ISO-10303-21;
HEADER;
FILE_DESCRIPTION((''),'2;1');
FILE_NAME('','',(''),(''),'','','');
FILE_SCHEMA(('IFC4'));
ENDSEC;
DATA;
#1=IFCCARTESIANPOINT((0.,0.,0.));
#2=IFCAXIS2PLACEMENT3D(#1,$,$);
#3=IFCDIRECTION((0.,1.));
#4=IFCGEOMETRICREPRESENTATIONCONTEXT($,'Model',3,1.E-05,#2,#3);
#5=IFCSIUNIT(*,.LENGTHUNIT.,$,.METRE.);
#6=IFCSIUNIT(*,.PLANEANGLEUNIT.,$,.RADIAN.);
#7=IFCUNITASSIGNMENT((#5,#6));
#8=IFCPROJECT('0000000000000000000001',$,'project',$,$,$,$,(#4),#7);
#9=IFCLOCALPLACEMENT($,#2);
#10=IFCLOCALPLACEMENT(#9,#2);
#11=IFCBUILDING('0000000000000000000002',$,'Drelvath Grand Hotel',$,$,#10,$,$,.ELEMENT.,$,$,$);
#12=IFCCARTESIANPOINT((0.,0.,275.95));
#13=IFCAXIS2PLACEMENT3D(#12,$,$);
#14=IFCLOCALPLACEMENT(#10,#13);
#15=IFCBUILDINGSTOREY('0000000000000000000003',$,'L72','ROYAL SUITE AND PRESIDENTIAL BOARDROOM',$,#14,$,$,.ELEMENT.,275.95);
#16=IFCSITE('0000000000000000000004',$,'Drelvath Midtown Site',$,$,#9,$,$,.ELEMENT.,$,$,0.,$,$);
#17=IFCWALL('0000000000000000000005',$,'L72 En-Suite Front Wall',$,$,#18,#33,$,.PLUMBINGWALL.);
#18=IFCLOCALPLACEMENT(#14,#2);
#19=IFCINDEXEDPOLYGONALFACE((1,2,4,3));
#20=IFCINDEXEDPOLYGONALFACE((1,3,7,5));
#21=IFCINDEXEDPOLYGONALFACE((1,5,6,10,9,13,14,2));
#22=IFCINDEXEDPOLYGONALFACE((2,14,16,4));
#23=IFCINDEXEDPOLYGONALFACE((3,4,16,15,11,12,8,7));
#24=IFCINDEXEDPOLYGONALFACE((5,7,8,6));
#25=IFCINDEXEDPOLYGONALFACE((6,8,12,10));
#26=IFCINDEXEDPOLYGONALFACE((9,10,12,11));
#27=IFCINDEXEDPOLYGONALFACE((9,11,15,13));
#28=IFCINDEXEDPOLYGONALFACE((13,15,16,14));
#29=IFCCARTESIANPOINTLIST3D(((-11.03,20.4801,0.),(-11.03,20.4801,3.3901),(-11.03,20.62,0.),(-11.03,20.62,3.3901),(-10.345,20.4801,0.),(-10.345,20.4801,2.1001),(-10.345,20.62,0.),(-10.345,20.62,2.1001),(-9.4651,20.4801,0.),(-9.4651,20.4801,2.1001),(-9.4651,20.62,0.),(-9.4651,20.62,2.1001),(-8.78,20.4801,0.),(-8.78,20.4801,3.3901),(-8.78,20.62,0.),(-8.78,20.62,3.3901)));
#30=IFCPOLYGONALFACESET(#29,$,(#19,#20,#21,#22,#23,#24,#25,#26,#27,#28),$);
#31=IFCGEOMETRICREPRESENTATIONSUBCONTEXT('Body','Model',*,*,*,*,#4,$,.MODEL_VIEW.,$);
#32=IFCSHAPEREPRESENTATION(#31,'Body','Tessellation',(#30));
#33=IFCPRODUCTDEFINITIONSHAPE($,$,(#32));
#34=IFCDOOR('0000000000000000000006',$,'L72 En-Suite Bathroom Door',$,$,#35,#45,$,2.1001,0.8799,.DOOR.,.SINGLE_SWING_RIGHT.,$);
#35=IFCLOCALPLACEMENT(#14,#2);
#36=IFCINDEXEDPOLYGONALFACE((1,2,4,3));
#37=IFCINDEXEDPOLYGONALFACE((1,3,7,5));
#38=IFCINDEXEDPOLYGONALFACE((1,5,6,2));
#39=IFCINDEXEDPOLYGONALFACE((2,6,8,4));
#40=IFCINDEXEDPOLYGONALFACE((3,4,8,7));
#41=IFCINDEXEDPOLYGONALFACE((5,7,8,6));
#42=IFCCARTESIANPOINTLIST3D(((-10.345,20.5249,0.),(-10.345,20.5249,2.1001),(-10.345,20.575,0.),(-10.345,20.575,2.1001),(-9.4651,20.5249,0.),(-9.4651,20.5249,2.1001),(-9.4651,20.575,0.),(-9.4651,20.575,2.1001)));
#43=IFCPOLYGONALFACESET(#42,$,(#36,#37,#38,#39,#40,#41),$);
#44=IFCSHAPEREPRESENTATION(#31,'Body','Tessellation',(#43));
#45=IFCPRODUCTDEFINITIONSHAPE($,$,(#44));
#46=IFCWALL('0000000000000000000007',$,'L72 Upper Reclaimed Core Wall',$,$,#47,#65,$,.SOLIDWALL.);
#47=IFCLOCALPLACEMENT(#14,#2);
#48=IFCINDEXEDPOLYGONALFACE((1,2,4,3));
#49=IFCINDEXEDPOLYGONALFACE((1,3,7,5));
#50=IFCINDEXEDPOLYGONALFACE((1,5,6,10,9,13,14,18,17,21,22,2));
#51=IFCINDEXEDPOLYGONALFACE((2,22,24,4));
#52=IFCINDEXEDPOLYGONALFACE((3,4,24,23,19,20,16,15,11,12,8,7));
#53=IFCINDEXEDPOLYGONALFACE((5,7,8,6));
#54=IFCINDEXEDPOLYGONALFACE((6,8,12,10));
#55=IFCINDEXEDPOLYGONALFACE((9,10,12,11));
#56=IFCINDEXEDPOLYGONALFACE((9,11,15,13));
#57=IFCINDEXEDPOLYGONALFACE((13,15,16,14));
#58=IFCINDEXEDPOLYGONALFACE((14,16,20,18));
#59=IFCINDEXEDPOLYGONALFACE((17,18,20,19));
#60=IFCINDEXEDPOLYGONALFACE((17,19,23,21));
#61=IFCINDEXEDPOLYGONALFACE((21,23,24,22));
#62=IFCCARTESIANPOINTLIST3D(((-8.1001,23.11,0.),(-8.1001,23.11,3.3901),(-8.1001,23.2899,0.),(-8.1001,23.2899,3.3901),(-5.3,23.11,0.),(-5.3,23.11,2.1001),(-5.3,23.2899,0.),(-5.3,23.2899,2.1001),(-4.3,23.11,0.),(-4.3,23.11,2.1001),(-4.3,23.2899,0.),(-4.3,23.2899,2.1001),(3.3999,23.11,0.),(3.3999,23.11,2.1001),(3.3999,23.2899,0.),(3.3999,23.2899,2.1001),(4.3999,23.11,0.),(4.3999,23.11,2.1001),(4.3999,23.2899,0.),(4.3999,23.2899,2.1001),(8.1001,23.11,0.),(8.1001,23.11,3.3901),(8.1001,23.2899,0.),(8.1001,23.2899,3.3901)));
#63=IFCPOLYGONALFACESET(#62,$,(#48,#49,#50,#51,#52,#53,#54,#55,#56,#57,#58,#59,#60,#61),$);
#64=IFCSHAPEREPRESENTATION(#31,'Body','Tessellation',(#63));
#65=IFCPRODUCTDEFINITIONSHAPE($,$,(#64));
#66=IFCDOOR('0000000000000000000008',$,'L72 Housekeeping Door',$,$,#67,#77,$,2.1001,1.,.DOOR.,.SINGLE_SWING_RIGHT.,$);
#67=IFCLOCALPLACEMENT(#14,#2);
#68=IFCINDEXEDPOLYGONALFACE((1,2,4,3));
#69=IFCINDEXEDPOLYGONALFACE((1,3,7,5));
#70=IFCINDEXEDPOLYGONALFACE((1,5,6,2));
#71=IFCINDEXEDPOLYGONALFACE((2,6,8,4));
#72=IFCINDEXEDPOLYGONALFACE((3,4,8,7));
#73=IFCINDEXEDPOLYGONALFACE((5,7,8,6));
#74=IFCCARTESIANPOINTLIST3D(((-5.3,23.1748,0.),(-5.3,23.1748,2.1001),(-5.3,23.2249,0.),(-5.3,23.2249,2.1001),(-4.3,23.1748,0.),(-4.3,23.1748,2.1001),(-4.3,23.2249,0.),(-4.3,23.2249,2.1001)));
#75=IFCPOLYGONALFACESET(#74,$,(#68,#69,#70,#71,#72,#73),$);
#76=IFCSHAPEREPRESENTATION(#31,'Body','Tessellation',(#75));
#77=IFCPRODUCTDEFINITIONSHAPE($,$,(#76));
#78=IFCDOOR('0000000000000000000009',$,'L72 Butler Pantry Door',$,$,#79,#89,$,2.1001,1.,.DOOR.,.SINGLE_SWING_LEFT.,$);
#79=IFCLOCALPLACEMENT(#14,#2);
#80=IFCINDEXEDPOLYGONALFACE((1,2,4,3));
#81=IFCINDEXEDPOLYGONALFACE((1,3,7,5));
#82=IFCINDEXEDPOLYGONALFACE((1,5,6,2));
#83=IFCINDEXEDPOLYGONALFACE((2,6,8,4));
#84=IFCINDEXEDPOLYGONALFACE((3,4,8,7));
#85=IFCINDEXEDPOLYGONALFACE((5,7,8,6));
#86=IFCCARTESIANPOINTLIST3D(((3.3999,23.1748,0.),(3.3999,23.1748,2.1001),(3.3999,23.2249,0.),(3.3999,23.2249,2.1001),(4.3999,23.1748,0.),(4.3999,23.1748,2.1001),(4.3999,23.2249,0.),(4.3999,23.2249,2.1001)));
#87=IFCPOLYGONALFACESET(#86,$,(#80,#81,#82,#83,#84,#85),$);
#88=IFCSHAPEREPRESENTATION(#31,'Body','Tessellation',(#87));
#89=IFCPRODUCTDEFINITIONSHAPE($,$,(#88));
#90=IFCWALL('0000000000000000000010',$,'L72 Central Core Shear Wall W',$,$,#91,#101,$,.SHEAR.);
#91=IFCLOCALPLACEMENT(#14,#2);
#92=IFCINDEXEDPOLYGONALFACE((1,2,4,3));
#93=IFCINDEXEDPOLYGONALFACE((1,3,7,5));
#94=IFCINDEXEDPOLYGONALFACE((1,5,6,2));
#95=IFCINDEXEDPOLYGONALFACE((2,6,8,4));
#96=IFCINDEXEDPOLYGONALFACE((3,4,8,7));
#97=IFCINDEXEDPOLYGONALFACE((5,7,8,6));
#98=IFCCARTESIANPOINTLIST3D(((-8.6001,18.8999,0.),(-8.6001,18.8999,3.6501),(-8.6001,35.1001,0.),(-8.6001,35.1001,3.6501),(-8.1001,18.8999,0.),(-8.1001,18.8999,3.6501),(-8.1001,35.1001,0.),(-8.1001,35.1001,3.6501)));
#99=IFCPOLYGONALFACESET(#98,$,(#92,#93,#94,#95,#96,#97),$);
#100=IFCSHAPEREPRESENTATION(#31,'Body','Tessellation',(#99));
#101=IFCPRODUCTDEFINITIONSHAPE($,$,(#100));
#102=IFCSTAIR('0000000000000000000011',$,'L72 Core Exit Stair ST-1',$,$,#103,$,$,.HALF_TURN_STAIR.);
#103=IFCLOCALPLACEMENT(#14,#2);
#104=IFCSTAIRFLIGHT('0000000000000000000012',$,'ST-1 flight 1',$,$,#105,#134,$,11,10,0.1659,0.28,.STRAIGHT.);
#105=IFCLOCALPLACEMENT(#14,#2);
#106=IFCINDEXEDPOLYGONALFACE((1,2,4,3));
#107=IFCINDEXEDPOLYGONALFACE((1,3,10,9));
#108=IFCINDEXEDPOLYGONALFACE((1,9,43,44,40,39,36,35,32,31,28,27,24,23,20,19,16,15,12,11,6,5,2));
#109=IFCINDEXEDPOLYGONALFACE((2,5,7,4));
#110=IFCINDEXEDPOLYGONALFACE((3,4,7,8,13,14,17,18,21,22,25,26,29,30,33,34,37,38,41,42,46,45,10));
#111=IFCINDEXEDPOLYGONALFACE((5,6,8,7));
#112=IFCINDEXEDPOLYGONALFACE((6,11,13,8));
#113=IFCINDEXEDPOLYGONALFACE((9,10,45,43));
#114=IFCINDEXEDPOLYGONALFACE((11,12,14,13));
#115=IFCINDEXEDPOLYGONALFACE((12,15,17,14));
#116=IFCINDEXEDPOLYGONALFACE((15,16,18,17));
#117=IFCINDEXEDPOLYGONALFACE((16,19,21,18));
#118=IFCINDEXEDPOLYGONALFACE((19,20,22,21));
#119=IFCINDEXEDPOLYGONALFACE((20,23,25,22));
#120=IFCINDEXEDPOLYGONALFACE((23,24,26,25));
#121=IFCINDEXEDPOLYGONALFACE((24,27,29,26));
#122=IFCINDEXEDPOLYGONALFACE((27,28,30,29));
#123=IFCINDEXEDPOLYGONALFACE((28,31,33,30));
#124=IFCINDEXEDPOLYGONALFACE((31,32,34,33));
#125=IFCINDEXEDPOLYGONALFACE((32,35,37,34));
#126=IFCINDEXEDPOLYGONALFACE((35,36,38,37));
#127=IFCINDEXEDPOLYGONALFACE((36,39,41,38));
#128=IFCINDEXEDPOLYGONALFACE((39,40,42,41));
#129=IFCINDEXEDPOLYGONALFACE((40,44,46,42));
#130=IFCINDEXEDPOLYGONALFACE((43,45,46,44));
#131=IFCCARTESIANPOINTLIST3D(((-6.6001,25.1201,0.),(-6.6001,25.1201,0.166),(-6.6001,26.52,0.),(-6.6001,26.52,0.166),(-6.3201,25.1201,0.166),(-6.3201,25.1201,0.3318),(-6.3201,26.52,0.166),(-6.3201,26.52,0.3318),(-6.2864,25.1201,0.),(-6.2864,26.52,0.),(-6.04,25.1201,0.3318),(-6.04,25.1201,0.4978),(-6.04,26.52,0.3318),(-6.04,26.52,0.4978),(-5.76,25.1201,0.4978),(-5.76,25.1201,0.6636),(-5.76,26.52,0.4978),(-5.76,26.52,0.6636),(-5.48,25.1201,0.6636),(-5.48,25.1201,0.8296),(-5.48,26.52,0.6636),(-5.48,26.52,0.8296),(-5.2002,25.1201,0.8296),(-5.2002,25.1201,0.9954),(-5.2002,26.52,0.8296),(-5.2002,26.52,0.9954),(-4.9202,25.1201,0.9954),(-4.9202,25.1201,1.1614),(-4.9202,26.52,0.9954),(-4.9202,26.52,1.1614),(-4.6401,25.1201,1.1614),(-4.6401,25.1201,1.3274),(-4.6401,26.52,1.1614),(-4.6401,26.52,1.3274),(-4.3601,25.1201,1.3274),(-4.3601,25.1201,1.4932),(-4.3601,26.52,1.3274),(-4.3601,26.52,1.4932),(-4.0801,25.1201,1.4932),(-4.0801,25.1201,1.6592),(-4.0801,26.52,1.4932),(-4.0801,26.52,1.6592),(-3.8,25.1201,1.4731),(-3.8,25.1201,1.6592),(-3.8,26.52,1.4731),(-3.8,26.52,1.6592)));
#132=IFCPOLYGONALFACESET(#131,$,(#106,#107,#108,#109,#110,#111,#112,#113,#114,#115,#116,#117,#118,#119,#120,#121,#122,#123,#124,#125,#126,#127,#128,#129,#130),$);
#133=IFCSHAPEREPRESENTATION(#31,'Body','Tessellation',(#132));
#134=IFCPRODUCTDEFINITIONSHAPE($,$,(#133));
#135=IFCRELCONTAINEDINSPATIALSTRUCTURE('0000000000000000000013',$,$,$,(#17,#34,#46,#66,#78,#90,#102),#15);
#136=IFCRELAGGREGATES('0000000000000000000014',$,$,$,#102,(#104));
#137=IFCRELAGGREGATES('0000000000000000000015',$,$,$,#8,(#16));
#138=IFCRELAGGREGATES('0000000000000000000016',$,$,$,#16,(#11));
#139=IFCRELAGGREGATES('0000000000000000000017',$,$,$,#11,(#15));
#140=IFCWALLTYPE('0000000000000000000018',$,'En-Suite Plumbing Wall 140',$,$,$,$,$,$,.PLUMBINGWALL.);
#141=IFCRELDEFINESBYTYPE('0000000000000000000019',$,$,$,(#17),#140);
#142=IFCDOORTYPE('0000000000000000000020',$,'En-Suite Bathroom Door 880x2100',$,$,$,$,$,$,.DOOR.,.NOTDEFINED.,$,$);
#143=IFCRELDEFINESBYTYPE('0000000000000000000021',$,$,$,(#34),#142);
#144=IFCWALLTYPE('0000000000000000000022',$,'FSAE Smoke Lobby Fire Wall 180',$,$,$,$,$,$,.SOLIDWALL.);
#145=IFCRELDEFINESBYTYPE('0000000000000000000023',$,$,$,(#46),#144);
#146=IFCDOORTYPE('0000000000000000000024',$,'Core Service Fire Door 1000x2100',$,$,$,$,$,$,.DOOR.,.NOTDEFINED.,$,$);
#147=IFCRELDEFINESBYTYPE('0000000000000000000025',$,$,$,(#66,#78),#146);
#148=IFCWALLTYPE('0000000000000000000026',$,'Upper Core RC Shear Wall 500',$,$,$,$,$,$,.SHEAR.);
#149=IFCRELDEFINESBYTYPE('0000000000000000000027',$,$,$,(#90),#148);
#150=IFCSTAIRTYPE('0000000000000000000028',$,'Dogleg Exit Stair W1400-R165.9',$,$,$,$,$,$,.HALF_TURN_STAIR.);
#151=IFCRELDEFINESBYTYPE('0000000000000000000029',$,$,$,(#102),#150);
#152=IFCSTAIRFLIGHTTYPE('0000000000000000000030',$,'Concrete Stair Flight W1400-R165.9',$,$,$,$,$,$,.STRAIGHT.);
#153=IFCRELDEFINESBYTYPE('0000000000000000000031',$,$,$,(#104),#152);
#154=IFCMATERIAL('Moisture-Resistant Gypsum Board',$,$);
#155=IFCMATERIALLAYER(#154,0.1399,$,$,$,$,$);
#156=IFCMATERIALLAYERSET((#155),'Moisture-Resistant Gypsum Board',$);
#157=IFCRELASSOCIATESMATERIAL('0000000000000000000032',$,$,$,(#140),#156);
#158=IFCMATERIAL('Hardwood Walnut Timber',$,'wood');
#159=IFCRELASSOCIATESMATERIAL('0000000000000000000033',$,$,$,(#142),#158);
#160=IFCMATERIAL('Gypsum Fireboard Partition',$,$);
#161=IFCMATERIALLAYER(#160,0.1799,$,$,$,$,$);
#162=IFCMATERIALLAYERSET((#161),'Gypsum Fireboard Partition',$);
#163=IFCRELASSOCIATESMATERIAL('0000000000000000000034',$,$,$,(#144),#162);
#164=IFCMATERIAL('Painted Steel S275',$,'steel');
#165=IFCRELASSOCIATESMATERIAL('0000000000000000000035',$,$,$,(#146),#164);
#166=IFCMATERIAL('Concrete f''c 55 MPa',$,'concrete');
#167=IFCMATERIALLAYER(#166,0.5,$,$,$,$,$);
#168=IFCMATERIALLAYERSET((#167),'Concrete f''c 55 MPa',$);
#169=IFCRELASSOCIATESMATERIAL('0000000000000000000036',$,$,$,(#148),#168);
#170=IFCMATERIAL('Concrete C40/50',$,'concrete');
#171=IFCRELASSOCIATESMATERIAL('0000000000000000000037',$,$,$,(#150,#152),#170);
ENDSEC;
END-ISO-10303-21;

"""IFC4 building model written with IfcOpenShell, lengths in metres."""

from ifc_helpers import new_model, si_unit, direction, frame, frame_2d, origin, place, context, subcontext, project, spatial, polyline, rectangle, outline, extrude, material, layer, layer_set, type_object, element, fill, aggregate, save


model = new_model("IFC4")

# Units and contexts
model_context = context("Model", 3, precision=1e-05, world=origin(), true_north=direction((0.0, 1.0)))
body_context = subcontext(model_context, "Body", "Model", "MODEL_VIEW")
ifc_project = project(units=[si_unit("LENGTHUNIT", "METRE"), si_unit("PLANEANGLEUNIT", "RADIAN")], contexts=[model_context])

# Site, building, storey
site_placement = place(None, origin())
site = spatial("IfcSite", under=ifc_project, at=site_placement, Name="Drelvath Midtown Site", CompositionType="ELEMENT", RefElevation=0.0)
building_placement = place(site_placement, origin())
building = spatial("IfcBuilding", under=site, at=building_placement, Name="Drelvath Grand Hotel", CompositionType="ELEMENT")
storey_placement = place(building_placement, frame((0.0, 0.0, 275.95)))
storey = spatial("IfcBuildingStorey", under=building, at=storey_placement, Name="L72", Description="ROYAL SUITE AND PRESIDENTIAL BOARDROOM", CompositionType="ELEMENT", Elevation=275.95)

# Shared definitions
ifc_material_1 = material(Name="Concrete f'c 55 MPa", Category="concrete")

# Shared definitions
ifc_material_2 = material(Name="Concrete C40/50", Category="concrete")
ifc_material_3 = material(Name="Painted Steel S275", Category="steel")

# Shared definitions
ifc_material_4 = material(Name="Gypsum Fireboard Partition")
ifc_material_5 = material(Name="Hardwood Walnut Timber", Category="wood")

# Shared definitions
ifc_material_6 = material(Name="Moisture-Resistant Gypsum Board")
ifc_layer_1 = layer(ifc_material_6, 0.1399)
ifc_layer_set_1 = layer_set([ifc_layer_1], Name="Moisture-Resistant Gypsum Board")
wall_type_1 = type_object("IfcWallType", Name="En-Suite Plumbing Wall 140", PredefinedType="PLUMBINGWALL", material=ifc_layer_set_1)

# Shared definitions
door_type_1 = type_object("IfcDoorType", Name="En-Suite Bathroom Door 880x2100", OperationType="NOTDEFINED", PredefinedType="DOOR", material=ifc_material_5)

# Wall, opening, door
wall_1_placement = place(storey_placement, frame((-11.03, 20.55, 0.0), z_axis=(0.0, 0.0, 1.0), x_axis=(1.0, 0.0, 0.0)))
wall_1 = element("IfcWall", 1, at=wall_1_placement, inside=storey, type_object=wall_type_1, Name="L72 En-Suite Front Wall", PredefinedType="PLUMBINGWALL", context=body_context, shape_type="SweptSolid", body=[
    extrude(rectangle(XDim=2.25, YDim=0.1399, at=frame_2d((1.125, 0.0))), origin(), (0.0, 0.0, 1.0), 3.3901),
])
opening_1_placement = place(wall_1_placement, frame((0.6851, 0.0, 0.0)))
opening_1 = element("IfcOpeningElement", 2, at=opening_1_placement, cuts=wall_1, PredefinedType="OPENING", context=body_context, shape_type="SweptSolid", body=[
    extrude(rectangle(XDim=0.8799, YDim=2.1001, at=frame_2d((0.4399, 1.05))), frame((0.0, 0.0798, 0.0), z_axis=(0.0, -1.0, 0.0), x_axis=(1.0, 0.0, 0.0)), (0.0, 0.0, 1.0), 0.1599),
])
door_1_placement = place(opening_1_placement, origin())
door_1 = element("IfcDoor", 3, at=door_1_placement, inside=storey, type_object=door_type_1, Name="L72 En-Suite Bathroom Door", OperationType="SINGLE_SWING_RIGHT", OverallHeight=2.1001, OverallWidth=0.8799, PredefinedType="DOOR", context=body_context, shape_type="SweptSolid", body=[
    extrude(rectangle(XDim=0.8799, YDim=2.1001, at=frame_2d((0.4399, 1.05))), frame((0.0, 0.0249, 0.0), z_axis=(0.0, -1.0, 0.0), x_axis=(1.0, 0.0, 0.0)), (0.0, 0.0, 1.0), 0.05),
])
fill(opening_1, door_1)

# Wall, openings, doors
ifc_layer_2 = layer(ifc_material_4, 0.1799)
ifc_layer_set_2 = layer_set([ifc_layer_2], Name="Gypsum Fireboard Partition")
wall_type_2 = type_object("IfcWallType", Name="FSAE Smoke Lobby Fire Wall 180", PredefinedType="SOLIDWALL", material=ifc_layer_set_2)
wall_2_placement = place(storey_placement, frame((-8.1001, 23.2, 0.0), z_axis=(0.0, 0.0, 1.0), x_axis=(1.0, 0.0, 0.0)))
wall_2 = element("IfcWall", 4, at=wall_2_placement, inside=storey, type_object=wall_type_2, Name="L72 Upper Reclaimed Core Wall", PredefinedType="SOLIDWALL", context=body_context, shape_type="SweptSolid", body=[
    extrude(rectangle(XDim=16.2002, YDim=0.1799, at=frame_2d((8.1001, 0.0))), origin(), (0.0, 0.0, 1.0), 3.3901),
])
opening_2_placement = place(wall_2_placement, frame((2.8, 0.0, 0.0)))
opening_2 = element("IfcOpeningElement", 5, at=opening_2_placement, cuts=wall_2, PredefinedType="OPENING", context=body_context, shape_type="SweptSolid", body=[
    extrude(rectangle(XDim=1.0, YDim=2.1001, at=frame_2d((0.5, 1.05))), frame((0.0, 0.0999, 0.0), z_axis=(0.0, -1.0, 0.0), x_axis=(1.0, 0.0, 0.0)), (0.0, 0.0, 1.0), 0.2),
])
opening_3_placement = place(wall_2_placement, frame((11.5, 0.0, 0.0)))
opening_3 = element("IfcOpeningElement", 6, at=opening_3_placement, cuts=wall_2, PredefinedType="OPENING", context=body_context, shape_type="SweptSolid", body=[
    extrude(rectangle(XDim=1.0, YDim=2.1001, at=frame_2d((0.5, 1.05))), frame((0.0, 0.0999, 0.0), z_axis=(0.0, -1.0, 0.0), x_axis=(1.0, 0.0, 0.0)), (0.0, 0.0, 1.0), 0.2),
])
door_type_2 = type_object("IfcDoorType", Name="Core Service Fire Door 1000x2100", OperationType="NOTDEFINED", PredefinedType="DOOR", material=ifc_material_3)
door_2_placement = place(opening_2_placement, origin())
door_2 = element("IfcDoor", 7, at=door_2_placement, inside=storey, type_object=door_type_2, Name="L72 Housekeeping Door", OperationType="SINGLE_SWING_RIGHT", OverallHeight=2.1001, OverallWidth=1.0, PredefinedType="DOOR", context=body_context, shape_type="SweptSolid", body=[
    extrude(rectangle(XDim=1.0, YDim=2.1001, at=frame_2d((0.5, 1.05))), frame((0.0, 0.0249, 0.0), z_axis=(0.0, -1.0, 0.0), x_axis=(1.0, 0.0, 0.0)), (0.0, 0.0, 1.0), 0.05),
])
fill(opening_2, door_2)
door_3_placement = place(opening_3_placement, origin())
door_3 = element("IfcDoor", 8, at=door_3_placement, inside=storey, type_object=door_type_2, Name="L72 Butler Pantry Door", OperationType="SINGLE_SWING_LEFT", OverallHeight=2.1001, OverallWidth=1.0, PredefinedType="DOOR", context=body_context, shape_type="SweptSolid", body=[
    extrude(rectangle(XDim=1.0, YDim=2.1001, at=frame_2d((0.5, 1.05))), frame((0.0, 0.0249, 0.0), z_axis=(0.0, -1.0, 0.0), x_axis=(1.0, 0.0, 0.0)), (0.0, 0.0, 1.0), 0.05),
])
fill(opening_3, door_3)

# Wall
ifc_layer_3 = layer(ifc_material_1, 0.5)
ifc_layer_set_3 = layer_set([ifc_layer_3], Name="Concrete f'c 55 MPa")
wall_type_3 = type_object("IfcWallType", Name="Upper Core RC Shear Wall 500", PredefinedType="SHEAR", material=ifc_layer_set_3)
wall_3_placement = place(storey_placement, frame((-8.3501, 18.8999, 0.0), z_axis=(0.0, 0.0, 1.0), x_axis=(0.0, 1.0, 0.0)))
element("IfcWall", 9, at=wall_3_placement, inside=storey, type_object=wall_type_3, Name="L72 Central Core Shear Wall W", PredefinedType="SHEAR", context=body_context, shape_type="SweptSolid", body=[
    extrude(rectangle(XDim=16.2002, YDim=0.5, at=frame_2d((8.1001, 0.0))), origin(), (0.0, 0.0, 1.0), 3.6501),
])

# Stair, stair flight
stair_type = type_object("IfcStairType", Name="Dogleg Exit Stair W1400-R165.9", PredefinedType="HALF_TURN_STAIR", material=ifc_material_2)
stair_placement = place(storey_placement, origin())
stair = element("IfcStair", 10, at=stair_placement, inside=storey, type_object=stair_type, Name="L72 Core Exit Stair ST-1", PredefinedType="HALF_TURN_STAIR")
stair_flight_type = type_object("IfcStairFlightType", Name="Concrete Stair Flight W1400-R165.9", PredefinedType="STRAIGHT", material=ifc_material_2)
stair_flight_placement = place(storey_placement, frame((-6.6001, 25.8201, 0.0), z_axis=(0.0, 0.0, 1.0), x_axis=(1.0, 0.0, 0.0)))
stair_flight = element("IfcStairFlight", 11, at=stair_flight_placement, type_object=stair_flight_type, Name="ST-1 flight 1", NumberOfRisers=11, NumberOfTreads=10, PredefinedType="STRAIGHT", RiserHeight=0.1659, TreadLength=0.28, context=body_context, shape_type="SweptSolid", body=[
    extrude(outline(polyline([(0.0, 0.0), (0.0, 0.166), (0.28, 0.166), (0.28, 0.3318), (0.5601, 0.3318), (0.5601, 0.4978), (0.8401, 0.4978), (0.8401, 0.6636), (1.1201, 0.6636), (1.1201, 0.8296), (1.3999, 0.8296), (1.3999, 0.9954), (1.6799, 0.9954), (1.6799, 1.1614), (1.96, 1.1614), (1.96, 1.3274), (2.24, 1.3274), (2.24, 1.4932), (2.52, 1.4932), (2.52, 1.6592), (2.8, 1.6592), (2.8, 1.825), (2.8, 1.4731), (0.3137, 0.0), (0.0, 0.0)])), frame((0.0, 0.7, 0.0), z_axis=(0.0, -1.0, 0.0), x_axis=(1.0, 0.0, 0.0)), (0.0, 0.0, 1.0), 1.3999),
])
aggregate(stair, [stair_flight])

save(model, "model.ifc")
